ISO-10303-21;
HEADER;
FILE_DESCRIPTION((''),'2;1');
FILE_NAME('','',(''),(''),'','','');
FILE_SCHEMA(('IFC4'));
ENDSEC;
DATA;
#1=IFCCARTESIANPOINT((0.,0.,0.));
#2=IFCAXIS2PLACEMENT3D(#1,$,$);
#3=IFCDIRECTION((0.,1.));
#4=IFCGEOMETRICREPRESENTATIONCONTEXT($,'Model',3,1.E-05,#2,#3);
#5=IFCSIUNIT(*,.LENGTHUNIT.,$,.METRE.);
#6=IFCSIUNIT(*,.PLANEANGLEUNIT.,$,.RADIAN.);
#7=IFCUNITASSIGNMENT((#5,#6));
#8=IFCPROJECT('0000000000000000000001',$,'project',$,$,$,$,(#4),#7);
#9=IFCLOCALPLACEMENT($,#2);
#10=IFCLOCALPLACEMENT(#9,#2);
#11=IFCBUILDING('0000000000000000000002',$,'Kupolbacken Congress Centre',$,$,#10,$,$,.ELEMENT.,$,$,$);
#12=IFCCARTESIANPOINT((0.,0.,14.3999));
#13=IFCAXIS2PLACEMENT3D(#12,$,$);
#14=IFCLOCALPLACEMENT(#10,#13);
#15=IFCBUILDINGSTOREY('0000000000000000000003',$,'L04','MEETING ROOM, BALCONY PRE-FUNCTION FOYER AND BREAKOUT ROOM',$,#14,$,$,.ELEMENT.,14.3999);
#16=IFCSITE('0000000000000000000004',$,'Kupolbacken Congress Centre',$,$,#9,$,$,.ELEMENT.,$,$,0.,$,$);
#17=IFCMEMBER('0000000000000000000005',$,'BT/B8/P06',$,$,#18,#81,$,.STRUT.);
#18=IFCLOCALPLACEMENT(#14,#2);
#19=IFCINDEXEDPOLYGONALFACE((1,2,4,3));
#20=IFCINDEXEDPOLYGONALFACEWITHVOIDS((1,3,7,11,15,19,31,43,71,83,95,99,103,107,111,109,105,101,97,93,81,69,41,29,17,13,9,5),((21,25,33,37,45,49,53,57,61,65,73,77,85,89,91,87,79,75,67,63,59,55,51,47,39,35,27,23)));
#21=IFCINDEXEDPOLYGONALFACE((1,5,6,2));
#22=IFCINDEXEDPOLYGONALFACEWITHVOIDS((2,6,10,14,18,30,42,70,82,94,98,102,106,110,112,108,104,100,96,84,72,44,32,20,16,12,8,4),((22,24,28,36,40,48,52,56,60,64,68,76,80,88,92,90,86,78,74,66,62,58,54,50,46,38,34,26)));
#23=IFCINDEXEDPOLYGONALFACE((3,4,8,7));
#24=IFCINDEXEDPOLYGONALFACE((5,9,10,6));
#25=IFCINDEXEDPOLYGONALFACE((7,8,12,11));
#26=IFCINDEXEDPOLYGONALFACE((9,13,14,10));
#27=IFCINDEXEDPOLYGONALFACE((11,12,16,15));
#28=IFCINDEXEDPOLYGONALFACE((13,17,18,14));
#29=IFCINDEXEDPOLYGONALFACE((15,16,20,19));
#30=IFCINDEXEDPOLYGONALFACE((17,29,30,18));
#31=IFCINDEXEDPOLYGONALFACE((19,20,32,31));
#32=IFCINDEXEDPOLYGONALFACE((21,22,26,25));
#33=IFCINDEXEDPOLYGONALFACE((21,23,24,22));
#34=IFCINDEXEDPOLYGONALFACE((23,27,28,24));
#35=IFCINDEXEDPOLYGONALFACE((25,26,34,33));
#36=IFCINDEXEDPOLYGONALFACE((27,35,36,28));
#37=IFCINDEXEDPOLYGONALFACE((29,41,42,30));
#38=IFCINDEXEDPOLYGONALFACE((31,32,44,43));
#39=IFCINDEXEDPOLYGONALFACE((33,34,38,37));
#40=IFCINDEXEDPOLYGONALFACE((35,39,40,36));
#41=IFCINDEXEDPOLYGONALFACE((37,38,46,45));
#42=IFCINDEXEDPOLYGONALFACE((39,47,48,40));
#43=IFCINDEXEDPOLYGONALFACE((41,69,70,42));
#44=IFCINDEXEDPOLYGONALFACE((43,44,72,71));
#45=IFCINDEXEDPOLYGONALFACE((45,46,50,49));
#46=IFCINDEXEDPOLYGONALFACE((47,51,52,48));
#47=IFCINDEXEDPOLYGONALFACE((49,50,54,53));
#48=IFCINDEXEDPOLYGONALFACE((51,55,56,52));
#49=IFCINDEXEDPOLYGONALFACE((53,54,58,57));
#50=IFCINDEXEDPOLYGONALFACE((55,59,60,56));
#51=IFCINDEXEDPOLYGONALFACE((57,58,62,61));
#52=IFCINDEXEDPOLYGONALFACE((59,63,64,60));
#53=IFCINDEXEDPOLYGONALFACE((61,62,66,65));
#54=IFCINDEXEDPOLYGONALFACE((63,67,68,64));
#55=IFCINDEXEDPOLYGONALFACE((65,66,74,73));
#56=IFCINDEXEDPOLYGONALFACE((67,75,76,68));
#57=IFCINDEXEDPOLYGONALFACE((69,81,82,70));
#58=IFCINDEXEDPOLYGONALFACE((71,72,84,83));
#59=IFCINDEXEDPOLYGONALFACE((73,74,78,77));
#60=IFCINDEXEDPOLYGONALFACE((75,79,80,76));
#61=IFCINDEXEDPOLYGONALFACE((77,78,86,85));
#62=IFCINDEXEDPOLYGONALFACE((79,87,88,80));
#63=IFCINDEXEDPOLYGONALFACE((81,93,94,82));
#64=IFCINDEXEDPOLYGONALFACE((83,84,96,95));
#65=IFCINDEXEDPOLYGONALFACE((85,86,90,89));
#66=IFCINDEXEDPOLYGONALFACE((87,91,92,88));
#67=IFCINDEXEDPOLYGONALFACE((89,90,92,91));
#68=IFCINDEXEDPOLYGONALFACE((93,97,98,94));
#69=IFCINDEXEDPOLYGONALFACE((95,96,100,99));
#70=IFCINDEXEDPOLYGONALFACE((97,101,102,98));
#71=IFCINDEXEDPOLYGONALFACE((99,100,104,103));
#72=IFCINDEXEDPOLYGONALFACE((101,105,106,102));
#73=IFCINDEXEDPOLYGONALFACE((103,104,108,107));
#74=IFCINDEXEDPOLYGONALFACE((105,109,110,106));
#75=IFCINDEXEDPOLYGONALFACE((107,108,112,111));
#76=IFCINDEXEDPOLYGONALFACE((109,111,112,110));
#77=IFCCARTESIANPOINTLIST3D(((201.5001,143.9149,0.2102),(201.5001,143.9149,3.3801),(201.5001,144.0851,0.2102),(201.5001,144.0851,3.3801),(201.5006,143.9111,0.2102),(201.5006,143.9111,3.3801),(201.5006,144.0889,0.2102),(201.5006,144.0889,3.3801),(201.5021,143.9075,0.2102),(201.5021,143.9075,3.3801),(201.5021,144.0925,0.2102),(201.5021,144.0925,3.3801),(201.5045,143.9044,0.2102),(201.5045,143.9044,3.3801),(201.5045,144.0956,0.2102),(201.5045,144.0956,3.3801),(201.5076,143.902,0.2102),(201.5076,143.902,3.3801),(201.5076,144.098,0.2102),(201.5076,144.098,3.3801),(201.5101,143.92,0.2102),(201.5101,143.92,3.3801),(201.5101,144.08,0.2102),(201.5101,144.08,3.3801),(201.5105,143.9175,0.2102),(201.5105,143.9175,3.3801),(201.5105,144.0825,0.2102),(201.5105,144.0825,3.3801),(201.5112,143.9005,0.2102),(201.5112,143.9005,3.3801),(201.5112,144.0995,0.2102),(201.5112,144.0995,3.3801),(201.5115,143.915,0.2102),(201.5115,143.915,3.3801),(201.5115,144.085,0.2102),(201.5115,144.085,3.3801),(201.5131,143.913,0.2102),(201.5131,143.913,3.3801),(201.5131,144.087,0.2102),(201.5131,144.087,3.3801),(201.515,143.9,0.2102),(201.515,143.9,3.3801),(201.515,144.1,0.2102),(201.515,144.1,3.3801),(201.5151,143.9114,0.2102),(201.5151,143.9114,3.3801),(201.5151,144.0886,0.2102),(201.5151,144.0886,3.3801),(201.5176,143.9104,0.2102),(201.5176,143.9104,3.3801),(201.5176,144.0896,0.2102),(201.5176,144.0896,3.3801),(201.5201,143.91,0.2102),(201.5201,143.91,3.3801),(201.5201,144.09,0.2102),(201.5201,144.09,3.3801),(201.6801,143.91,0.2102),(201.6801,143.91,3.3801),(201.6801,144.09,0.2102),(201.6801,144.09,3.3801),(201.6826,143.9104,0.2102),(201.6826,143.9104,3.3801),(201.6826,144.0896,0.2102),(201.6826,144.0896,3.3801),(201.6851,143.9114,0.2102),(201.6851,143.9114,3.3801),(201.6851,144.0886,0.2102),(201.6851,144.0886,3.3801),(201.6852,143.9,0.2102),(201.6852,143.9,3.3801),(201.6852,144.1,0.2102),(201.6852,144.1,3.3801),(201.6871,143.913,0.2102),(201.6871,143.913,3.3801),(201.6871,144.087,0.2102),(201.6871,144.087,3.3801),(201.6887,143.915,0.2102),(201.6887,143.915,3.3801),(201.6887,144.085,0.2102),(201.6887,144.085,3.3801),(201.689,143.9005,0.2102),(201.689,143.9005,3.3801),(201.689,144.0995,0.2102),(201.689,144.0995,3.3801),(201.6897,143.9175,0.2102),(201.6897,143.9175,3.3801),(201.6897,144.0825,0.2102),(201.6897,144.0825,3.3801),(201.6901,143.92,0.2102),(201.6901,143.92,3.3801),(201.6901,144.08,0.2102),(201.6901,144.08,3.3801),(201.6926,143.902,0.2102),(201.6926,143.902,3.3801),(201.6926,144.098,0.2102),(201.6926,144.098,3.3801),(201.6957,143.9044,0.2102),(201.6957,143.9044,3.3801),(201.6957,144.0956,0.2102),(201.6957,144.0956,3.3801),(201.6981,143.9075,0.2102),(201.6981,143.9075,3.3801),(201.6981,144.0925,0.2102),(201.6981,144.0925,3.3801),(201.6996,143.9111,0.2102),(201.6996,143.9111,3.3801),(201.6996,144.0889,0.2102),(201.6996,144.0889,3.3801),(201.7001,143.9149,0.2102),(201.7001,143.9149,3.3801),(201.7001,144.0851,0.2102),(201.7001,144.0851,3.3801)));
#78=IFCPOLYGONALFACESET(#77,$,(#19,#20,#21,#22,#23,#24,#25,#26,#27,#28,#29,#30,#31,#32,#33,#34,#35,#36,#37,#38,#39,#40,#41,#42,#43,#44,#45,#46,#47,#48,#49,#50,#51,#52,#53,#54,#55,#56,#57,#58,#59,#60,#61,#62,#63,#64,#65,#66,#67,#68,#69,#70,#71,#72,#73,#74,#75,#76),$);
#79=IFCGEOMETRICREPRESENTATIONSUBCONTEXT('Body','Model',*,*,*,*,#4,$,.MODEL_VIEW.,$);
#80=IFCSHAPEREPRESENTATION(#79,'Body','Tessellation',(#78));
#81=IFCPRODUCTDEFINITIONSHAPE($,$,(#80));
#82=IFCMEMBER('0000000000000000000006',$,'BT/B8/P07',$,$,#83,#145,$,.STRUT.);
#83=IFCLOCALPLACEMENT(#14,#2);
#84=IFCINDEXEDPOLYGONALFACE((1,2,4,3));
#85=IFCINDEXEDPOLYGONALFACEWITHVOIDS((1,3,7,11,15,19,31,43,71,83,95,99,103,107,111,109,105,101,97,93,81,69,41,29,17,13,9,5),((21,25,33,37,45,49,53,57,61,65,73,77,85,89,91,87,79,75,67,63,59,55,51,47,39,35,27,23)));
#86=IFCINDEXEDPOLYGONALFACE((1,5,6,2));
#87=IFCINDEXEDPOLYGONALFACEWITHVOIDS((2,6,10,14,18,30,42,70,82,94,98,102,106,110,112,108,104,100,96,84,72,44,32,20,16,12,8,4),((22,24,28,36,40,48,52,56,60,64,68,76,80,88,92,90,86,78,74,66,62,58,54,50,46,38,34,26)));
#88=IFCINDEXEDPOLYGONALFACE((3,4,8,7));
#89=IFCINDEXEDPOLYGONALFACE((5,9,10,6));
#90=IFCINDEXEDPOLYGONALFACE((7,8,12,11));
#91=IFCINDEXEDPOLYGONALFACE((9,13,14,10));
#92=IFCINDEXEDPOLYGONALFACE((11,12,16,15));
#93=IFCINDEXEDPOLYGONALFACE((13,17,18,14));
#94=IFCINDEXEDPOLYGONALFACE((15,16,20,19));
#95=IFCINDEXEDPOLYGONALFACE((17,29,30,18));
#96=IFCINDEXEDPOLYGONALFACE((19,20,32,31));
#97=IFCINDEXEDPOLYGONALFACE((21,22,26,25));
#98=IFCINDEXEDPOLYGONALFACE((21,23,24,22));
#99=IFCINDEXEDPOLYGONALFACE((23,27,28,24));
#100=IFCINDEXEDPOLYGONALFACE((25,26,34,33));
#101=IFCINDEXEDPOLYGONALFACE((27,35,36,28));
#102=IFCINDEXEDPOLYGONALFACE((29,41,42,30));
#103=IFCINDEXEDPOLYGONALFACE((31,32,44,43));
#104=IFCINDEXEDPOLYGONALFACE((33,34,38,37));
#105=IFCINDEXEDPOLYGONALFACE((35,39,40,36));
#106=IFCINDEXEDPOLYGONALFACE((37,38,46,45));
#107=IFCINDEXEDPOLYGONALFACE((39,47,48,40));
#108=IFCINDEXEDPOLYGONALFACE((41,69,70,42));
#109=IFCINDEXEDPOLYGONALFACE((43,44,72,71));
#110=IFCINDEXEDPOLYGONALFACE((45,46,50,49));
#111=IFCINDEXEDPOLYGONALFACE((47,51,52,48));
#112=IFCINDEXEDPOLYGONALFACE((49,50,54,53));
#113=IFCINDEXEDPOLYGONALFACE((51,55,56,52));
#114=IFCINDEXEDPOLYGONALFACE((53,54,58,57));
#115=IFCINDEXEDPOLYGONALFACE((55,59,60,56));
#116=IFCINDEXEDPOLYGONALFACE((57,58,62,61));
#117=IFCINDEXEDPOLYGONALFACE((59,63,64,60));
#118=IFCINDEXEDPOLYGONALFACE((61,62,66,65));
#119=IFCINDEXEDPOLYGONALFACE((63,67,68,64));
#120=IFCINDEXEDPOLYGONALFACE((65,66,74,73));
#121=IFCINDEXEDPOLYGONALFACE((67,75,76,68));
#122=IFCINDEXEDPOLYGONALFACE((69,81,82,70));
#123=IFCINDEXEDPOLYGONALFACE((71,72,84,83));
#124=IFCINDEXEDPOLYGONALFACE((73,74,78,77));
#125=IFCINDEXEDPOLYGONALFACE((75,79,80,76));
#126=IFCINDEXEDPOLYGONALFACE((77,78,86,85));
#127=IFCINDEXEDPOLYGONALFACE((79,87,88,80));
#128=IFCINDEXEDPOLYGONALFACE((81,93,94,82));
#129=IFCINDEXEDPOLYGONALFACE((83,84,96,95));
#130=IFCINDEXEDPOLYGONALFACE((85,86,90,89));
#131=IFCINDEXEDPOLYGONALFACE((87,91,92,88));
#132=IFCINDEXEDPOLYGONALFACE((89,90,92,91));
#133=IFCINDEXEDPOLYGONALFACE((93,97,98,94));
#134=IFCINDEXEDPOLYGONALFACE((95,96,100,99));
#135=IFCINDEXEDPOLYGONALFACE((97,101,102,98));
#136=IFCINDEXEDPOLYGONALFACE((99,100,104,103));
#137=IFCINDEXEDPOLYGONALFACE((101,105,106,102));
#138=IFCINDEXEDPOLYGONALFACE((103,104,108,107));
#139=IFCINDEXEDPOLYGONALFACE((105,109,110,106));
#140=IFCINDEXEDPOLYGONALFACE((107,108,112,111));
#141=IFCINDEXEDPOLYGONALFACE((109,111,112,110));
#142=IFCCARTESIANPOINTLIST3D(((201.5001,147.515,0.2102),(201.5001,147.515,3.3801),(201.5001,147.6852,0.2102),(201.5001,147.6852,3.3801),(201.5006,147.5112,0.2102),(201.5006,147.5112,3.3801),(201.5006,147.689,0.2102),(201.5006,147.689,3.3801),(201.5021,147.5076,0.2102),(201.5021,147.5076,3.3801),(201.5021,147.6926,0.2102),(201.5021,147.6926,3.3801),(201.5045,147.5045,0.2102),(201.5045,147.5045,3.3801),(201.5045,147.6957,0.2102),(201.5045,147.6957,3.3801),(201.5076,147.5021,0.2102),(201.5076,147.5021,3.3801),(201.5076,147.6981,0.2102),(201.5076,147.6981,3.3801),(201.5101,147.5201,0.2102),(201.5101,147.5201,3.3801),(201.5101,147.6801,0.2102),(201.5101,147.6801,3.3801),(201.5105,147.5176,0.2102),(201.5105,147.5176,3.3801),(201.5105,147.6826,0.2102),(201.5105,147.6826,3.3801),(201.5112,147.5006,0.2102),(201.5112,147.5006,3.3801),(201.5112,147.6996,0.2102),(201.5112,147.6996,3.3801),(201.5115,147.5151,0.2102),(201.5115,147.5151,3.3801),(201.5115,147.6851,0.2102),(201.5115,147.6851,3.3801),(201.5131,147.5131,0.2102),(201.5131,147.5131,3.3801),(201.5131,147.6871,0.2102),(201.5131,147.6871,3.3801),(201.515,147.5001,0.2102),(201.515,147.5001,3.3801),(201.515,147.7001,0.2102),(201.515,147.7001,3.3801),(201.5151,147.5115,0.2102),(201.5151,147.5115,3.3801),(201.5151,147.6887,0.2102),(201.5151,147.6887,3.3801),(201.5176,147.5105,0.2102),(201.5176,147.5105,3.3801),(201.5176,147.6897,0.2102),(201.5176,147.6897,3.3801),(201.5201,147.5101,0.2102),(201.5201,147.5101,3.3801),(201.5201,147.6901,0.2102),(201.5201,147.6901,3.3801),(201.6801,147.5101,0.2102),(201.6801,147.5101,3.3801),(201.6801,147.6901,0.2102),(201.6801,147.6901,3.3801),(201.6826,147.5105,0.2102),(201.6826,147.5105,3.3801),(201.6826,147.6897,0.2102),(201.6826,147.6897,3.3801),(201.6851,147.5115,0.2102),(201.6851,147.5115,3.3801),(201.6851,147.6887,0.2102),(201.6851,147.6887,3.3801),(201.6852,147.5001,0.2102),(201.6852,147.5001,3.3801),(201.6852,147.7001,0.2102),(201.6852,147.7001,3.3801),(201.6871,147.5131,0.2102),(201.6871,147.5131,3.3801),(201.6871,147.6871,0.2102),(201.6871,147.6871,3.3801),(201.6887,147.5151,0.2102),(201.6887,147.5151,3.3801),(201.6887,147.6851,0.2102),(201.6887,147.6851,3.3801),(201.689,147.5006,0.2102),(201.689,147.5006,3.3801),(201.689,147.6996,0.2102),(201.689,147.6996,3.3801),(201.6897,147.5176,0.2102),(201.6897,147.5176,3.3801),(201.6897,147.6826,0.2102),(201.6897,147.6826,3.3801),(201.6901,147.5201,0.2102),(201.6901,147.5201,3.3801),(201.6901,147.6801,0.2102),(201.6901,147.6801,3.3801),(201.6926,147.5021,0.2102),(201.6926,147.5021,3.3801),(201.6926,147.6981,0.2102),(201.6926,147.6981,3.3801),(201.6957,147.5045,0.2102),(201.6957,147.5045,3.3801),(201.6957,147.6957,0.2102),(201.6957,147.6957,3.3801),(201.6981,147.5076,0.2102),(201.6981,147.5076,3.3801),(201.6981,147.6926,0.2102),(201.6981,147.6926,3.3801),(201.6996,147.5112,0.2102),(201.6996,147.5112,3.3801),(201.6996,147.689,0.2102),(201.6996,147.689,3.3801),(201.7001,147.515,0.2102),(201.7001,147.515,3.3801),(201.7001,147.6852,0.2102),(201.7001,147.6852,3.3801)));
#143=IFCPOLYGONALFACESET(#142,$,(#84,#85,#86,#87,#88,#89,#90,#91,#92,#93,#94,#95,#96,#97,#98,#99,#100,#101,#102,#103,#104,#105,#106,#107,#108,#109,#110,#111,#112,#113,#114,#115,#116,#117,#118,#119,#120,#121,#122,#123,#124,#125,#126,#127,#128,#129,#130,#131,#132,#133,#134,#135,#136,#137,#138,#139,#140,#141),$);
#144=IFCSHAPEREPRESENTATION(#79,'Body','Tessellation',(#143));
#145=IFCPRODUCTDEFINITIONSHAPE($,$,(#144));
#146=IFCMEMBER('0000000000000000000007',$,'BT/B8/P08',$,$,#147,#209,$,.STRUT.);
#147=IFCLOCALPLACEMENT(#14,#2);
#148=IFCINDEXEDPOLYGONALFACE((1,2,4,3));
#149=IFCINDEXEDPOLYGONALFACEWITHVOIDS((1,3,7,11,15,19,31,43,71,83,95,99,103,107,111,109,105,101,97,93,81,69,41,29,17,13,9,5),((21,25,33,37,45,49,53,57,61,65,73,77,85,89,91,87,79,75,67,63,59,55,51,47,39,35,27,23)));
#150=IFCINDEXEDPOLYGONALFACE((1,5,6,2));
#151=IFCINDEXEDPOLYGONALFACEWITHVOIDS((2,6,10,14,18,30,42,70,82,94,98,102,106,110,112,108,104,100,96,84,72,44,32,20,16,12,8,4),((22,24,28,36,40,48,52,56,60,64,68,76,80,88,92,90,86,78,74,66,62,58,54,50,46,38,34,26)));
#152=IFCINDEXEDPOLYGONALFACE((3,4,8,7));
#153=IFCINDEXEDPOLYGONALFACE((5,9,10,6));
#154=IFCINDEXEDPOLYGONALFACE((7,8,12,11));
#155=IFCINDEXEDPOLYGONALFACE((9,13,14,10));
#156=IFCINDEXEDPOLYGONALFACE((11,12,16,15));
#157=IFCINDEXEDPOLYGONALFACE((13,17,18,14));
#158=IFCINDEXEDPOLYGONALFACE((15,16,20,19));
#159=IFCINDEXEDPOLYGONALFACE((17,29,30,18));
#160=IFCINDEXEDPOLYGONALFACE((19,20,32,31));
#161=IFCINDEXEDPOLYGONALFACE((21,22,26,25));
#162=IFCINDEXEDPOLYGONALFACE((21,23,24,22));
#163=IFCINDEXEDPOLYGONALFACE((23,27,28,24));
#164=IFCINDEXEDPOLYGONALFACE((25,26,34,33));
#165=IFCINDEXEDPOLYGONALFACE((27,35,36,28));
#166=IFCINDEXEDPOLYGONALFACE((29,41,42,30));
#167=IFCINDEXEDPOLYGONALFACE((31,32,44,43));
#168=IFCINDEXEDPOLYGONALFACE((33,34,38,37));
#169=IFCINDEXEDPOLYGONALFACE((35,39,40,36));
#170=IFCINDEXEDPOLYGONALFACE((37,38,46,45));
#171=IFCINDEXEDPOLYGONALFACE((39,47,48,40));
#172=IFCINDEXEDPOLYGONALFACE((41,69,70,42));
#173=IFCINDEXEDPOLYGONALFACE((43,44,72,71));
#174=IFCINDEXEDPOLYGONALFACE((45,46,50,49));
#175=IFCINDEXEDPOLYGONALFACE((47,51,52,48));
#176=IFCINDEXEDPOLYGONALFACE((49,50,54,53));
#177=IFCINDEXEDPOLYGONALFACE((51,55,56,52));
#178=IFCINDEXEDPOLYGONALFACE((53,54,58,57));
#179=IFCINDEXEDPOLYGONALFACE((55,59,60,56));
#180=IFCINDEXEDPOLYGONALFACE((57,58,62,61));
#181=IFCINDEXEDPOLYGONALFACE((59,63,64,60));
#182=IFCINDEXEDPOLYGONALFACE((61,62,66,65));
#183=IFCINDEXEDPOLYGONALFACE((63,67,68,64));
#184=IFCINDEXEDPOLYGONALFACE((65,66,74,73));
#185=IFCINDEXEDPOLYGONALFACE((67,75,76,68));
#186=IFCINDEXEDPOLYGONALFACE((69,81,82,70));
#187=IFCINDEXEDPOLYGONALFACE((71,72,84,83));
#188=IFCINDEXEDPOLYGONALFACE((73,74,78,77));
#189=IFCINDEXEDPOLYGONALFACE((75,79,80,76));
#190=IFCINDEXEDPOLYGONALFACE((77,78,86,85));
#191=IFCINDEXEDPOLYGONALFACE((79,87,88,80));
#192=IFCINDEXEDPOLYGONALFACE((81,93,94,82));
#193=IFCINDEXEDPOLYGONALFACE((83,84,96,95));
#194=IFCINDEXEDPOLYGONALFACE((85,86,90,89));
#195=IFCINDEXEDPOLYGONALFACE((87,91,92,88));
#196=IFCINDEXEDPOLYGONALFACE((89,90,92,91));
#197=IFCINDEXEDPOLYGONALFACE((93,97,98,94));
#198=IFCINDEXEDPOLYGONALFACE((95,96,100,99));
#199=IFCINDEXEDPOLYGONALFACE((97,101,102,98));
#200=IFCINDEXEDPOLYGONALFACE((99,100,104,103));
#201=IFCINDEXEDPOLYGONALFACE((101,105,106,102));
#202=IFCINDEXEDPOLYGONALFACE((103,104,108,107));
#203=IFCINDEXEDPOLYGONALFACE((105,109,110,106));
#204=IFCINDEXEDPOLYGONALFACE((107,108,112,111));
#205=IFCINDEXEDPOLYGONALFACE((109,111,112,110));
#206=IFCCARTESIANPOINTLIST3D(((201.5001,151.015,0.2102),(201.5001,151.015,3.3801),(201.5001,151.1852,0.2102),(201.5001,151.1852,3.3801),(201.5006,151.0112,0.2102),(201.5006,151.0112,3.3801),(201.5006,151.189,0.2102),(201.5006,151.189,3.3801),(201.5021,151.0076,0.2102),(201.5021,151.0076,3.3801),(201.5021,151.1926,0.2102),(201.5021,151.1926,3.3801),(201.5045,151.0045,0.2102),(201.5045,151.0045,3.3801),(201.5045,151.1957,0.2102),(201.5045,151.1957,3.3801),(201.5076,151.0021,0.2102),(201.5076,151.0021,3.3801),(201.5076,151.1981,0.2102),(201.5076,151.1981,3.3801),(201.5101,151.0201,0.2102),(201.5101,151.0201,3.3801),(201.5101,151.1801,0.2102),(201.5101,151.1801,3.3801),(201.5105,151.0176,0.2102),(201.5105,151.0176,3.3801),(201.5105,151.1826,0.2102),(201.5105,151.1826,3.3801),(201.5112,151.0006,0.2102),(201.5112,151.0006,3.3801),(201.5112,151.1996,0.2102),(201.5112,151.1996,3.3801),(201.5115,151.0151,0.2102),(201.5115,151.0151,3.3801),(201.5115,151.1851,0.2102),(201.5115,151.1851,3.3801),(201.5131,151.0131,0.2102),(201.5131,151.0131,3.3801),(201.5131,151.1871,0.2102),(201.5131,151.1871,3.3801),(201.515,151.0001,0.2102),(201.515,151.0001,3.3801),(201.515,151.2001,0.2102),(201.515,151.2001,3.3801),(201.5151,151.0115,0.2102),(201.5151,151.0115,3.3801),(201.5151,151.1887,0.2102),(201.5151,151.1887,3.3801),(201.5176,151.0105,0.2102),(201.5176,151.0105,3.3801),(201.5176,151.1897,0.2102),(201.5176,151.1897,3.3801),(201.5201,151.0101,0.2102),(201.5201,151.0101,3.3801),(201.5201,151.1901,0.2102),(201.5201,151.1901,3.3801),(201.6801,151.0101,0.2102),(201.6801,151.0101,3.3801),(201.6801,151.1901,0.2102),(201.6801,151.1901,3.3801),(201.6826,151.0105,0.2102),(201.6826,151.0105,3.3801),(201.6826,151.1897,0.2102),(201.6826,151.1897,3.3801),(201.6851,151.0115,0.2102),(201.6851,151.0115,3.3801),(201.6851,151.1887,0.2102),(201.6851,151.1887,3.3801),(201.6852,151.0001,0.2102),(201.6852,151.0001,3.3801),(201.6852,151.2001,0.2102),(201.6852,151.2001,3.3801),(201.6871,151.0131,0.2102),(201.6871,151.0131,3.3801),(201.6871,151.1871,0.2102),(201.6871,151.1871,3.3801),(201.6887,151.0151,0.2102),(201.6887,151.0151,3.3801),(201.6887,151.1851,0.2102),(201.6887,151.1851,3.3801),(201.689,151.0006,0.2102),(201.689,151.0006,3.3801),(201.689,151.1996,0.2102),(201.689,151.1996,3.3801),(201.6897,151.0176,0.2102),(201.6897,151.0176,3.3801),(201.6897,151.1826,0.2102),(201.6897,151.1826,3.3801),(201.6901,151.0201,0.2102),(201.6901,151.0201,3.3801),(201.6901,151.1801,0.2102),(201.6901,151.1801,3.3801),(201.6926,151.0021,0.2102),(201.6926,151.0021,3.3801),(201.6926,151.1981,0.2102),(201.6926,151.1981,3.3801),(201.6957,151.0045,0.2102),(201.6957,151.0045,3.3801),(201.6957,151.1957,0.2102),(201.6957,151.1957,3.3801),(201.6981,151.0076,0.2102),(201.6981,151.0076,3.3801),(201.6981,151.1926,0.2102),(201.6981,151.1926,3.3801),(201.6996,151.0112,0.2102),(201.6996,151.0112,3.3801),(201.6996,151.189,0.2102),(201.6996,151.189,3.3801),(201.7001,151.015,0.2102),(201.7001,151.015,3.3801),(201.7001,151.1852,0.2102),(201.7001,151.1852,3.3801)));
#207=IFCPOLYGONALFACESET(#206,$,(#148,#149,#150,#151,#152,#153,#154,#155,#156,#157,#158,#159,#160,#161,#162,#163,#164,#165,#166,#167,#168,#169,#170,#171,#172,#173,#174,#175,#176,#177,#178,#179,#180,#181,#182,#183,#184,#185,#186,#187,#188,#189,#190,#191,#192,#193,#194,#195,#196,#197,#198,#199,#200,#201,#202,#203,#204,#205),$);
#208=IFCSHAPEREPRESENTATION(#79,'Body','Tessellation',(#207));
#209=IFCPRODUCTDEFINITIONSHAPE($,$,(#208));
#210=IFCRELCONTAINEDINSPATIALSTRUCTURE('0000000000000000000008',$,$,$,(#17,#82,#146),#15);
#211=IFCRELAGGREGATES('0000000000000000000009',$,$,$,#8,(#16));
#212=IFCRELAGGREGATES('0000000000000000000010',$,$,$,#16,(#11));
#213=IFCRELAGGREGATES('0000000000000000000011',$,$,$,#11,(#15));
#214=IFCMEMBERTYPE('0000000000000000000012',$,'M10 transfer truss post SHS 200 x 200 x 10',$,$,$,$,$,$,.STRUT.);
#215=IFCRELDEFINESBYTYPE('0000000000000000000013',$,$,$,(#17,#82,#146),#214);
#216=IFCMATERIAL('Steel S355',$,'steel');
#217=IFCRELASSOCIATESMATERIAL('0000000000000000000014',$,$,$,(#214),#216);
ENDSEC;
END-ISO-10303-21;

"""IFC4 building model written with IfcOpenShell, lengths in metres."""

from ifc_helpers import new_model, si_unit, direction, frame, origin, origin_2d, place, context, subcontext, project, spatial, hollow_rectangle, extrude, material, material_profile, profile_set, type_object, element, save


model = new_model("IFC4")

# Units and contexts
model_context = context("Model", 3, precision=1e-05, world=origin(), true_north=direction((0.0, 1.0)))
body_context = subcontext(model_context, "Body", "Model", "MODEL_VIEW")
ifc_project = project(units=[si_unit("LENGTHUNIT", "METRE"), si_unit("PLANEANGLEUNIT", "RADIAN")], contexts=[model_context])

# Site, building, storey
site_placement = place(None, origin())
site = spatial("IfcSite", under=ifc_project, at=site_placement, Name="Kupolbacken Congress Centre", CompositionType="ELEMENT", RefElevation=0.0)
building_placement = place(site_placement, origin())
building = spatial("IfcBuilding", under=site, at=building_placement, Name="Kupolbacken Congress Centre", CompositionType="ELEMENT")
storey_placement = place(building_placement, frame((0.0, 0.0, 14.3999)))
storey = spatial("IfcBuildingStorey", under=building, at=storey_placement, Name="L04", Description="MEETING ROOM, BALCONY PRE-FUNCTION FOYER AND BREAKOUT ROOM", CompositionType="ELEMENT", Elevation=14.3999)

# Members
ifc_material_1 = material(Name="Steel S355", Category="steel")
ifc_material_profile_1 = material_profile(ifc_material_1, hollow_rectangle(XDim=0.2, YDim=0.2, WallThickness=0.01, InnerFilletRadius=0.01, OuterFilletRadius=0.0149, at=origin_2d()), Name="SHS 200 x 200 x 10")
ifc_profile_set_1 = profile_set([ifc_material_profile_1], Name="Steel S355")
member_type_1 = type_object("IfcMemberType", Name="M10 transfer truss post SHS 200 x 200 x 10", PredefinedType="STRUT", material=ifc_profile_set_1)
for number, where, z_axis, x_axis, name in (
    (1, (201.6001, 144.0, 0.2102), (0.0, 0.0, 1.0), (0.0, 1.0, 0.0), "BT/B8/P06"),
    (2, (201.6001, 147.6001, 0.2102), (0.0, 0.0, 1.0), (0.0, 1.0, 0.0), "BT/B8/P07"),
    (3, (201.6001, 151.1001, 0.2102), (0.0, 0.0, 1.0), (0.0, 1.0, 0.0), "BT/B8/P08"),
):
    element("IfcMember", number, at=place(storey_placement, frame(where, z_axis=z_axis, x_axis=x_axis)), inside=storey, type_object=member_type_1, Name=name, PredefinedType="STRUT", context=body_context, shape_type="SweptSolid", body=[
        extrude(hollow_rectangle(XDim=0.2, YDim=0.2, WallThickness=0.01, InnerFilletRadius=0.01, OuterFilletRadius=0.0149, at=origin_2d()), origin(), (0.0, 0.0, 1.0), 3.1699),
    ])

save(model, "model.ifc")
